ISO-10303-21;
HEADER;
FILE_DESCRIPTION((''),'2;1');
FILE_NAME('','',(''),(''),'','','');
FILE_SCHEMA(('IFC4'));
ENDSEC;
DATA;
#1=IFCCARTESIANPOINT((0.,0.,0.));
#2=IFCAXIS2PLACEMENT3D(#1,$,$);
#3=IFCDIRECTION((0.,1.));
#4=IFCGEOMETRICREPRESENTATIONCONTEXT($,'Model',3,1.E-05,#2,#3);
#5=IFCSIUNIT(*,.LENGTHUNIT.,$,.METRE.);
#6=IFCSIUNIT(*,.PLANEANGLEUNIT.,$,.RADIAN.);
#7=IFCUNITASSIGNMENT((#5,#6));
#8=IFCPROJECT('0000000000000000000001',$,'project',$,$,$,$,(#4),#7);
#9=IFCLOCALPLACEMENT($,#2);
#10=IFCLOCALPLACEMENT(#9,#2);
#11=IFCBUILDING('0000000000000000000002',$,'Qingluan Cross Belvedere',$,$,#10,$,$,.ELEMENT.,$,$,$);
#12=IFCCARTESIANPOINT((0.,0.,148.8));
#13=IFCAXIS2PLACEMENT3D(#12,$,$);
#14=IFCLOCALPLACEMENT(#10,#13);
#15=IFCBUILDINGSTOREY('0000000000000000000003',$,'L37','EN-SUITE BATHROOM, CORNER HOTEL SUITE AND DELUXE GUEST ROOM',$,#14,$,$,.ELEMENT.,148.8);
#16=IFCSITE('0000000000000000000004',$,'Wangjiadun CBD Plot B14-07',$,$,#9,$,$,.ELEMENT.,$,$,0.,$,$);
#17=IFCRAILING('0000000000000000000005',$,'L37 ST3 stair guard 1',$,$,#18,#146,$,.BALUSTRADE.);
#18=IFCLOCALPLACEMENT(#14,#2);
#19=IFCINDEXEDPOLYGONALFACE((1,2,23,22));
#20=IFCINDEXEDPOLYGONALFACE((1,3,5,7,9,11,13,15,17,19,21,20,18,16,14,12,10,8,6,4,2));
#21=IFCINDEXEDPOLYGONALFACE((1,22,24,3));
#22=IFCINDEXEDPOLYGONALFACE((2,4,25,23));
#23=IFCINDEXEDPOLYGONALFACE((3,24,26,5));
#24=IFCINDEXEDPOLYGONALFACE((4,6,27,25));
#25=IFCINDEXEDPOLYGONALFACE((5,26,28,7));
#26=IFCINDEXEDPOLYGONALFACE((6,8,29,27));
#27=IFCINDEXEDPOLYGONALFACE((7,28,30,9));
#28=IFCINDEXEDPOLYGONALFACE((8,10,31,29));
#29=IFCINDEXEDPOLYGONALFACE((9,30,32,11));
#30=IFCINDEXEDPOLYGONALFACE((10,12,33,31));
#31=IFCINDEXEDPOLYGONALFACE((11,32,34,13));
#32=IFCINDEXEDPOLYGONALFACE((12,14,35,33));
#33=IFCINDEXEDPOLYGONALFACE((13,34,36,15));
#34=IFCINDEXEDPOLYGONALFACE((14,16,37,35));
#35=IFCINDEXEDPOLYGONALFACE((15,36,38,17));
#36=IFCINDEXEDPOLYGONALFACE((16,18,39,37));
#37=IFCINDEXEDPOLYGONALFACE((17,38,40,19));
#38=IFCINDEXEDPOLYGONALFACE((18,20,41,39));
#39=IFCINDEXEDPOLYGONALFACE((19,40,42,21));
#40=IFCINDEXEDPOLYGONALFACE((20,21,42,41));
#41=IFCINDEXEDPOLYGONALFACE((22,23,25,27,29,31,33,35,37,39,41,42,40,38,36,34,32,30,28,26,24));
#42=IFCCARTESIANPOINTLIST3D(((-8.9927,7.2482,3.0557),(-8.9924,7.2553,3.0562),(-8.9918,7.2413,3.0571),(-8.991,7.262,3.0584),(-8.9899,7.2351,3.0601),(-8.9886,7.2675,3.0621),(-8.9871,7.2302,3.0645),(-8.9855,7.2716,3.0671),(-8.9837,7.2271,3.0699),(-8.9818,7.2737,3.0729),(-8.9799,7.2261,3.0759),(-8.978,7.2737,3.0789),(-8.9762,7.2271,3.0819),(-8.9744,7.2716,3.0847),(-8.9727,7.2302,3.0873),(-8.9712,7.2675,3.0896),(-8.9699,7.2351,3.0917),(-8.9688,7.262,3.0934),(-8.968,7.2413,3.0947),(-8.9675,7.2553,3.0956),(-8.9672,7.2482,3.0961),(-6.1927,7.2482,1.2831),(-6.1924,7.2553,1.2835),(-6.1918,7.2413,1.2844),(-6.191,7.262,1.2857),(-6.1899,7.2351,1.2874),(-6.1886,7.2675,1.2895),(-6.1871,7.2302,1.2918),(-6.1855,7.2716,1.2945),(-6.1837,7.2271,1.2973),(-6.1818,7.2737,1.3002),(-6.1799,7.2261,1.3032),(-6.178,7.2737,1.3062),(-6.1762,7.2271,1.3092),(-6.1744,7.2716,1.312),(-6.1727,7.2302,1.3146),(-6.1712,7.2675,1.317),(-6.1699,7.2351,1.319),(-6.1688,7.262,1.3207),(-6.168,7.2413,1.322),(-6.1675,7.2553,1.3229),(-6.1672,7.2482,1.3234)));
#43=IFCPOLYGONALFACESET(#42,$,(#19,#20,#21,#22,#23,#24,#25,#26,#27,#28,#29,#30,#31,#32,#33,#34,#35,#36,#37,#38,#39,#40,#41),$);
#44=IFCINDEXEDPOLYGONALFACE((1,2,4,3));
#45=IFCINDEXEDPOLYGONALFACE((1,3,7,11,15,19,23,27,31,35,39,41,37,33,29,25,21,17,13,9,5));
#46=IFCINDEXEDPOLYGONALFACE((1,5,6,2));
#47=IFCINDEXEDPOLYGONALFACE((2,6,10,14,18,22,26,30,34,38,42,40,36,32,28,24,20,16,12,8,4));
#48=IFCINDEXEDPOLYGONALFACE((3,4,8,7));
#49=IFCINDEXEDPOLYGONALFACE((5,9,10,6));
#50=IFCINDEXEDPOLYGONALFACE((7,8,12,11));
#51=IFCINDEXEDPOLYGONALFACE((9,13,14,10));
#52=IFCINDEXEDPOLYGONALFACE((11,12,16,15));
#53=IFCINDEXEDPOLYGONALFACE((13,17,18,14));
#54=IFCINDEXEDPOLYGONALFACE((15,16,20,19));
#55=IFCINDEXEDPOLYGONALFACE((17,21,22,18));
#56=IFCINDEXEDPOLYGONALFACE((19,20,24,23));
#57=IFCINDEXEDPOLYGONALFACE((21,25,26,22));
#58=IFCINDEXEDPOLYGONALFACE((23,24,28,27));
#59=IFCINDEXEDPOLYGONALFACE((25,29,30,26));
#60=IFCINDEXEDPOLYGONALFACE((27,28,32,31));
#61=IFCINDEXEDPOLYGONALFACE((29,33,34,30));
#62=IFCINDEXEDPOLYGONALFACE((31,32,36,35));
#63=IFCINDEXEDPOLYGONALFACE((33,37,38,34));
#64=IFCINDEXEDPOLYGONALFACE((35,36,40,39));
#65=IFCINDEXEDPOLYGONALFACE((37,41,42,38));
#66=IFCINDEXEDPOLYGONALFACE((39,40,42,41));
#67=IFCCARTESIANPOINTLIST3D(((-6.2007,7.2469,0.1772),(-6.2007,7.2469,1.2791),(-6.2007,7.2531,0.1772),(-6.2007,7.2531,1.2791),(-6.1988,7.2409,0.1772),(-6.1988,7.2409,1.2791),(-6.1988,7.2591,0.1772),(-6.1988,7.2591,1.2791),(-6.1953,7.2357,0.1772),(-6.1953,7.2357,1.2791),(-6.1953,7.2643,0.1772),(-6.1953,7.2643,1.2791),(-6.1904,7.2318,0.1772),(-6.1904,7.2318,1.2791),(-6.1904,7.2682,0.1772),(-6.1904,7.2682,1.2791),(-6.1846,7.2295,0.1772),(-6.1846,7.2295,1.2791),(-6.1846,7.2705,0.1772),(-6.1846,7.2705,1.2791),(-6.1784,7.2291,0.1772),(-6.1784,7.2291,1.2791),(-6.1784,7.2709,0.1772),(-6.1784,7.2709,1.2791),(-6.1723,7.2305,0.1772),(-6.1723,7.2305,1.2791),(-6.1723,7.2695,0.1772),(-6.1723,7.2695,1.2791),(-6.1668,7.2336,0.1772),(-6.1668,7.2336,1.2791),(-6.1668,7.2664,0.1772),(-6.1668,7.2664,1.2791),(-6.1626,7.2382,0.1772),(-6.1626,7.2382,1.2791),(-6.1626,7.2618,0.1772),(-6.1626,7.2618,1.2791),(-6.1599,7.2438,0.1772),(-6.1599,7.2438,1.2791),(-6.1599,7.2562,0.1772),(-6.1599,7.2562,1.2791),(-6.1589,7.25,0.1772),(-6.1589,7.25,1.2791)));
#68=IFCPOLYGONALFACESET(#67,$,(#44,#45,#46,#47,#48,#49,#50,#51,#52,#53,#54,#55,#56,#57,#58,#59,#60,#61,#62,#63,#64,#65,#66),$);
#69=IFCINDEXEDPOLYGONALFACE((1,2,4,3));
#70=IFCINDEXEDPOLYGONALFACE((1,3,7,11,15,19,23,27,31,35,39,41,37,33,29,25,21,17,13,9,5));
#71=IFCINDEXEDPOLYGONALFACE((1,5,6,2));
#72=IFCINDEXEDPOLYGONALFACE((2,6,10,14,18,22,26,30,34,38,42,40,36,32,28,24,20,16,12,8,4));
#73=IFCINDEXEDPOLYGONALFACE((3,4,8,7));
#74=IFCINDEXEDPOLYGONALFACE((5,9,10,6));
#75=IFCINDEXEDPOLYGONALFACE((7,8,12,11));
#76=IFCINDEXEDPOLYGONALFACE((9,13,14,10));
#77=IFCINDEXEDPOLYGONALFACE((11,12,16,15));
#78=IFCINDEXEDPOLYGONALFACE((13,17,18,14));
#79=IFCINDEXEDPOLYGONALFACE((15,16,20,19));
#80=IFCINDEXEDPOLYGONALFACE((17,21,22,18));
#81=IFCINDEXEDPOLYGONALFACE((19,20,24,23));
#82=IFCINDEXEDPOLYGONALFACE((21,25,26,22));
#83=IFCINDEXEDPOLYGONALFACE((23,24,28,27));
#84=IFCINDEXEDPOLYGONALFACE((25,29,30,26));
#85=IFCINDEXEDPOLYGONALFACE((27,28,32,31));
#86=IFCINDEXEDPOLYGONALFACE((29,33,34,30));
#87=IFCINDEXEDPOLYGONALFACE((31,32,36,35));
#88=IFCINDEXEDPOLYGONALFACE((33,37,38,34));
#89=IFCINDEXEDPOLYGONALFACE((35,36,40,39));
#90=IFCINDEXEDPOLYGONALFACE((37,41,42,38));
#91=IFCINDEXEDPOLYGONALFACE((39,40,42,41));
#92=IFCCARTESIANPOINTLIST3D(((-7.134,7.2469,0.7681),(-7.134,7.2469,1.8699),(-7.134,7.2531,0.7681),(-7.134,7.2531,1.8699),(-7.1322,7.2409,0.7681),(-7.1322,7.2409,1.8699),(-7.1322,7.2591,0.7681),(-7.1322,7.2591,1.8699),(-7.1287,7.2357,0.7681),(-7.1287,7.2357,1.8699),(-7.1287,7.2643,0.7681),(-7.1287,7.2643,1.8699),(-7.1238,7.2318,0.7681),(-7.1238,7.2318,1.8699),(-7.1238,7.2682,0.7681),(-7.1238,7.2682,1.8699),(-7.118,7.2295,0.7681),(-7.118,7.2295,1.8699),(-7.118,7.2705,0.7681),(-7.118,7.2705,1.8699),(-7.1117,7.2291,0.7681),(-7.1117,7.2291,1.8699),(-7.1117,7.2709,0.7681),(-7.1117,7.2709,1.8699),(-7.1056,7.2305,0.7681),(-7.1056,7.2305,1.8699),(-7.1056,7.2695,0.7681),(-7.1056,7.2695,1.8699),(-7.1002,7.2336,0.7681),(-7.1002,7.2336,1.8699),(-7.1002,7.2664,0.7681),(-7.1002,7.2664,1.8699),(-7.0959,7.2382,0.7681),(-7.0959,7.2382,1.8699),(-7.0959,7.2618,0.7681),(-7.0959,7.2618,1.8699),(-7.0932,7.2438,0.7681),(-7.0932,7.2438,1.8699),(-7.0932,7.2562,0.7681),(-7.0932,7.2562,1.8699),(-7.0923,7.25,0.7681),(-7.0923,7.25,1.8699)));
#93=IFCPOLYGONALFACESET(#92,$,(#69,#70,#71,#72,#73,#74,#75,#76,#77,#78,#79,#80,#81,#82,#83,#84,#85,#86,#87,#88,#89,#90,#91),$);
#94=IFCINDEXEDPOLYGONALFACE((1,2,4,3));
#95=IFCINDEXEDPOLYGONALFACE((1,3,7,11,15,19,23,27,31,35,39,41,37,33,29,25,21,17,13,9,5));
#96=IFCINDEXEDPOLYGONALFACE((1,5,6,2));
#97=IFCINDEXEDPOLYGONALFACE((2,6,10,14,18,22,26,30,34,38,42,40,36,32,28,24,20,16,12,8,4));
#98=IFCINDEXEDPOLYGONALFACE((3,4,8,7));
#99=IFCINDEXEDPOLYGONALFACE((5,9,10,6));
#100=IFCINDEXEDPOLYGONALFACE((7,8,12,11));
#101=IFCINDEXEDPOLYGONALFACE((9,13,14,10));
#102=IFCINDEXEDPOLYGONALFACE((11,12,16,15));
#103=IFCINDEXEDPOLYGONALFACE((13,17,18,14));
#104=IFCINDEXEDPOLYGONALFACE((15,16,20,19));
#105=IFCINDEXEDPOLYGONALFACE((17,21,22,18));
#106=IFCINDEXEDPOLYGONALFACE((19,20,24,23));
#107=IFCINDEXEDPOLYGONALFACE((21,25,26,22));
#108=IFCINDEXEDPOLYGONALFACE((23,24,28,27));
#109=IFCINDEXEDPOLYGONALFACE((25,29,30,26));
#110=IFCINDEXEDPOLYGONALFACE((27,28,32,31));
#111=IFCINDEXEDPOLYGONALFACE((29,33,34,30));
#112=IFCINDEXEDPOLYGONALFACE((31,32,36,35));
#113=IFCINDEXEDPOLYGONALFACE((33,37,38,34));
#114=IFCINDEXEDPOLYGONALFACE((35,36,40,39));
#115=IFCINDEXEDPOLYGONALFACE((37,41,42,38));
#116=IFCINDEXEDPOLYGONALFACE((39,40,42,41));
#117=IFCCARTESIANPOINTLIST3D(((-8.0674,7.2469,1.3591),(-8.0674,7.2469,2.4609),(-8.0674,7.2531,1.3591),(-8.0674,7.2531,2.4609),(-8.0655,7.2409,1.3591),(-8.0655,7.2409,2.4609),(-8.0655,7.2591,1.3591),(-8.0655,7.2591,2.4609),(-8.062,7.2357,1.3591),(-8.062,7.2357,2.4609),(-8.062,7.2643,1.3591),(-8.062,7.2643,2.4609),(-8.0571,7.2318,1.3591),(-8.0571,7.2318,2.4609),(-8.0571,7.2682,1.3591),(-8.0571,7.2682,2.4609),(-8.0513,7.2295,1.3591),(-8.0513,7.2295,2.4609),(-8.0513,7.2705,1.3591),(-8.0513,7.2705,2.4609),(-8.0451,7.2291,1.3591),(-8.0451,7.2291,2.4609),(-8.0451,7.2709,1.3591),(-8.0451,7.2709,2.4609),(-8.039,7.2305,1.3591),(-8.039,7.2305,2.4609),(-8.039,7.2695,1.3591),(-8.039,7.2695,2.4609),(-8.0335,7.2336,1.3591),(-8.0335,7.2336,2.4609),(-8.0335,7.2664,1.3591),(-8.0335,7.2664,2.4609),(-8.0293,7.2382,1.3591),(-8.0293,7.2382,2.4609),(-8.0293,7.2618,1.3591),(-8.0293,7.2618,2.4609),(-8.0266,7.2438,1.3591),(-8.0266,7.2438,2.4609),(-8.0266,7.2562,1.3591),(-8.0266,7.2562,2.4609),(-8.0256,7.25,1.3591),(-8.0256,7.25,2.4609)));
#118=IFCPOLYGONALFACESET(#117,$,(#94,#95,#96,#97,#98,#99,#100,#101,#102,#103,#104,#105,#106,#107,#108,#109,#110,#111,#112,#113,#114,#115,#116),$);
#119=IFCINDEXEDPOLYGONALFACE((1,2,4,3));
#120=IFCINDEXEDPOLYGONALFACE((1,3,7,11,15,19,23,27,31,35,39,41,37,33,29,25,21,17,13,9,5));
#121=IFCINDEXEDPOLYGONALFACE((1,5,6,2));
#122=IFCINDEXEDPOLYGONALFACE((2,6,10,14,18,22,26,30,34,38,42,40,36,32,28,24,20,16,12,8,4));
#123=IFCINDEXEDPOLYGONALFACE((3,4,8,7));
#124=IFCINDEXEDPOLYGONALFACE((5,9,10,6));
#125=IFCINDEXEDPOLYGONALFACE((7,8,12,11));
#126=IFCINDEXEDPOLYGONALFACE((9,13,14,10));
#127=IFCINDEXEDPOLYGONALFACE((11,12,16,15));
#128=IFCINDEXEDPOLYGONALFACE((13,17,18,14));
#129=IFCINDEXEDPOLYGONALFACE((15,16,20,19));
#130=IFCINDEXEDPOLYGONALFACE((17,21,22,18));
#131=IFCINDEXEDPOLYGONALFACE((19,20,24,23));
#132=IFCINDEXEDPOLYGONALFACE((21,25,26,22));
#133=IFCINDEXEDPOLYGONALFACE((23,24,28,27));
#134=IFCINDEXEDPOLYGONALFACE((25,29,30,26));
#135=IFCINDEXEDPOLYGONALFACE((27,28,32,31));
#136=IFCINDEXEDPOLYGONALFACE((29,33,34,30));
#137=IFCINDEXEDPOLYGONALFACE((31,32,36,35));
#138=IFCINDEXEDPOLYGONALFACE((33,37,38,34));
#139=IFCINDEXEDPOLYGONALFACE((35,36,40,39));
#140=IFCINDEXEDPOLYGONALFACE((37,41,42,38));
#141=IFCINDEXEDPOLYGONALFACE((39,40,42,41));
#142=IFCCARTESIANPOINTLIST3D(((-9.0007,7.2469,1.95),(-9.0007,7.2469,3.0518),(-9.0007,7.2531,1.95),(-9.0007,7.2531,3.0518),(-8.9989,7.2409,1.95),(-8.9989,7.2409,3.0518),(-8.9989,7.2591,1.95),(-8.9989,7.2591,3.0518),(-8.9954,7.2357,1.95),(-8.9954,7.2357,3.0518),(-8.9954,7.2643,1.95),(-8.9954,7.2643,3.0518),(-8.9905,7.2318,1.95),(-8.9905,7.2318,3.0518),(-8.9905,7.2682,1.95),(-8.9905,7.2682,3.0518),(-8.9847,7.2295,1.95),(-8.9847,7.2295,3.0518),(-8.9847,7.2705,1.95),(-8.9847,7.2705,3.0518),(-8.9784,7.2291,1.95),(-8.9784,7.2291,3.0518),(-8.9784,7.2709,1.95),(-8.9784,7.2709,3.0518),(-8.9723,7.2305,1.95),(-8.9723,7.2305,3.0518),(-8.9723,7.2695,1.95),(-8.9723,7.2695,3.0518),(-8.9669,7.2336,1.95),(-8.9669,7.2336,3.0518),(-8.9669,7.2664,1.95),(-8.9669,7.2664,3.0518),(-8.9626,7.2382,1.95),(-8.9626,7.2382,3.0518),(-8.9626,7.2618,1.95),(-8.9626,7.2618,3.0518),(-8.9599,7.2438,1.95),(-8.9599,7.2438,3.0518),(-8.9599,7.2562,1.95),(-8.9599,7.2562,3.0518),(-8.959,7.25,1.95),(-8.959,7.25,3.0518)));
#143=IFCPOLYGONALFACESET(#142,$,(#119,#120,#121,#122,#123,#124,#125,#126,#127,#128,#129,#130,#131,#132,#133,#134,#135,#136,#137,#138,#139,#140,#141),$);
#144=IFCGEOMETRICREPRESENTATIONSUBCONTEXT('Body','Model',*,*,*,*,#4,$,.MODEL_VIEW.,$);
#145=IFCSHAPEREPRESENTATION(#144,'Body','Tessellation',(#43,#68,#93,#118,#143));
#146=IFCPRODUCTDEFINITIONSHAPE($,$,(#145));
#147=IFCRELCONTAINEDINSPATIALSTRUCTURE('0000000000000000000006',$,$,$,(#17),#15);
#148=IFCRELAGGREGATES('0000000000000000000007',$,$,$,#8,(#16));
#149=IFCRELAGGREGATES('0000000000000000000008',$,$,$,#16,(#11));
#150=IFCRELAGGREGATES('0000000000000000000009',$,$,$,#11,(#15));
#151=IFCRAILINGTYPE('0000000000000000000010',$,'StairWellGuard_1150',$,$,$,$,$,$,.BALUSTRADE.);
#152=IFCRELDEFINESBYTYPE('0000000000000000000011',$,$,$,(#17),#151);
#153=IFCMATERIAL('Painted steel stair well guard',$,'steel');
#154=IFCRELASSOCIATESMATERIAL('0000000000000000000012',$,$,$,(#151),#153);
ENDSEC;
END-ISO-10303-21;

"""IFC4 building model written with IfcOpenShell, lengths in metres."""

from ifc_helpers import new_model, si_unit, direction, frame, origin, origin_2d, place, context, subcontext, project, spatial, circle, extrude, material, type_object, element, save


model = new_model("IFC4")

# Units and contexts
model_context = context("Model", 3, precision=1e-05, world=origin(), true_north=direction((0.0, 1.0)))
body_context = subcontext(model_context, "Body", "Model", "MODEL_VIEW")
ifc_project = project(units=[si_unit("LENGTHUNIT", "METRE"), si_unit("PLANEANGLEUNIT", "RADIAN")], contexts=[model_context])

# Site, building, storey
site_placement = place(None, origin())
site = spatial("IfcSite", under=ifc_project, at=site_placement, Name="Wangjiadun CBD Plot B14-07", CompositionType="ELEMENT", RefElevation=0.0)
building_placement = place(site_placement, origin())
building = spatial("IfcBuilding", under=site, at=building_placement, Name="Qingluan Cross Belvedere", CompositionType="ELEMENT")
storey_placement = place(building_placement, frame((0.0, 0.0, 148.8)))
storey = spatial("IfcBuildingStorey", under=building, at=storey_placement, Name="L37", Description="EN-SUITE BATHROOM, CORNER HOTEL SUITE AND DELUXE GUEST ROOM", CompositionType="ELEMENT", Elevation=148.8)

# Railing
ifc_material_1 = material(Name="Painted steel stair well guard", Category="steel")
railing_type_1 = type_object("IfcRailingType", Name="StairWellGuard_1150", PredefinedType="BALUSTRADE", material=ifc_material_1)
railing_1_placement = place(storey_placement, frame((-6.1799, 7.25, 0.1772)))
element("IfcRailing", 1, at=railing_1_placement, inside=storey, type_object=railing_type_1, Name="L37 ST3 stair guard 1", PredefinedType="BALUSTRADE", context=body_context, shape_type="SweptSolid", body=[
    extrude(circle(Radius=0.0239, at=origin_2d()), frame((0.0, 0.0, 1.126), z_axis=(-0.844909, 0.0, 0.53491), x_axis=(0.0, -1.0, 0.0)), (0.0, 0.0, 1.0), 3.314),
    extrude(circle(Radius=0.021, at=origin_2d()), origin(), (0.0, 0.0, 1.0), 1.1018),
    extrude(circle(Radius=0.021, at=origin_2d()), frame((-0.9333, 0.0, 0.5908)), (0.0, 0.0, 1.0), 1.1018),
    extrude(circle(Radius=0.021, at=origin_2d()), frame((-1.8667, 0.0, 1.1819)), (0.0, 0.0, 1.0), 1.1018),
    extrude(circle(Radius=0.021, at=origin_2d()), frame((-2.8, 0.0, 1.7727)), (0.0, 0.0, 1.0), 1.1018),
])

save(model, "model.ifc")
